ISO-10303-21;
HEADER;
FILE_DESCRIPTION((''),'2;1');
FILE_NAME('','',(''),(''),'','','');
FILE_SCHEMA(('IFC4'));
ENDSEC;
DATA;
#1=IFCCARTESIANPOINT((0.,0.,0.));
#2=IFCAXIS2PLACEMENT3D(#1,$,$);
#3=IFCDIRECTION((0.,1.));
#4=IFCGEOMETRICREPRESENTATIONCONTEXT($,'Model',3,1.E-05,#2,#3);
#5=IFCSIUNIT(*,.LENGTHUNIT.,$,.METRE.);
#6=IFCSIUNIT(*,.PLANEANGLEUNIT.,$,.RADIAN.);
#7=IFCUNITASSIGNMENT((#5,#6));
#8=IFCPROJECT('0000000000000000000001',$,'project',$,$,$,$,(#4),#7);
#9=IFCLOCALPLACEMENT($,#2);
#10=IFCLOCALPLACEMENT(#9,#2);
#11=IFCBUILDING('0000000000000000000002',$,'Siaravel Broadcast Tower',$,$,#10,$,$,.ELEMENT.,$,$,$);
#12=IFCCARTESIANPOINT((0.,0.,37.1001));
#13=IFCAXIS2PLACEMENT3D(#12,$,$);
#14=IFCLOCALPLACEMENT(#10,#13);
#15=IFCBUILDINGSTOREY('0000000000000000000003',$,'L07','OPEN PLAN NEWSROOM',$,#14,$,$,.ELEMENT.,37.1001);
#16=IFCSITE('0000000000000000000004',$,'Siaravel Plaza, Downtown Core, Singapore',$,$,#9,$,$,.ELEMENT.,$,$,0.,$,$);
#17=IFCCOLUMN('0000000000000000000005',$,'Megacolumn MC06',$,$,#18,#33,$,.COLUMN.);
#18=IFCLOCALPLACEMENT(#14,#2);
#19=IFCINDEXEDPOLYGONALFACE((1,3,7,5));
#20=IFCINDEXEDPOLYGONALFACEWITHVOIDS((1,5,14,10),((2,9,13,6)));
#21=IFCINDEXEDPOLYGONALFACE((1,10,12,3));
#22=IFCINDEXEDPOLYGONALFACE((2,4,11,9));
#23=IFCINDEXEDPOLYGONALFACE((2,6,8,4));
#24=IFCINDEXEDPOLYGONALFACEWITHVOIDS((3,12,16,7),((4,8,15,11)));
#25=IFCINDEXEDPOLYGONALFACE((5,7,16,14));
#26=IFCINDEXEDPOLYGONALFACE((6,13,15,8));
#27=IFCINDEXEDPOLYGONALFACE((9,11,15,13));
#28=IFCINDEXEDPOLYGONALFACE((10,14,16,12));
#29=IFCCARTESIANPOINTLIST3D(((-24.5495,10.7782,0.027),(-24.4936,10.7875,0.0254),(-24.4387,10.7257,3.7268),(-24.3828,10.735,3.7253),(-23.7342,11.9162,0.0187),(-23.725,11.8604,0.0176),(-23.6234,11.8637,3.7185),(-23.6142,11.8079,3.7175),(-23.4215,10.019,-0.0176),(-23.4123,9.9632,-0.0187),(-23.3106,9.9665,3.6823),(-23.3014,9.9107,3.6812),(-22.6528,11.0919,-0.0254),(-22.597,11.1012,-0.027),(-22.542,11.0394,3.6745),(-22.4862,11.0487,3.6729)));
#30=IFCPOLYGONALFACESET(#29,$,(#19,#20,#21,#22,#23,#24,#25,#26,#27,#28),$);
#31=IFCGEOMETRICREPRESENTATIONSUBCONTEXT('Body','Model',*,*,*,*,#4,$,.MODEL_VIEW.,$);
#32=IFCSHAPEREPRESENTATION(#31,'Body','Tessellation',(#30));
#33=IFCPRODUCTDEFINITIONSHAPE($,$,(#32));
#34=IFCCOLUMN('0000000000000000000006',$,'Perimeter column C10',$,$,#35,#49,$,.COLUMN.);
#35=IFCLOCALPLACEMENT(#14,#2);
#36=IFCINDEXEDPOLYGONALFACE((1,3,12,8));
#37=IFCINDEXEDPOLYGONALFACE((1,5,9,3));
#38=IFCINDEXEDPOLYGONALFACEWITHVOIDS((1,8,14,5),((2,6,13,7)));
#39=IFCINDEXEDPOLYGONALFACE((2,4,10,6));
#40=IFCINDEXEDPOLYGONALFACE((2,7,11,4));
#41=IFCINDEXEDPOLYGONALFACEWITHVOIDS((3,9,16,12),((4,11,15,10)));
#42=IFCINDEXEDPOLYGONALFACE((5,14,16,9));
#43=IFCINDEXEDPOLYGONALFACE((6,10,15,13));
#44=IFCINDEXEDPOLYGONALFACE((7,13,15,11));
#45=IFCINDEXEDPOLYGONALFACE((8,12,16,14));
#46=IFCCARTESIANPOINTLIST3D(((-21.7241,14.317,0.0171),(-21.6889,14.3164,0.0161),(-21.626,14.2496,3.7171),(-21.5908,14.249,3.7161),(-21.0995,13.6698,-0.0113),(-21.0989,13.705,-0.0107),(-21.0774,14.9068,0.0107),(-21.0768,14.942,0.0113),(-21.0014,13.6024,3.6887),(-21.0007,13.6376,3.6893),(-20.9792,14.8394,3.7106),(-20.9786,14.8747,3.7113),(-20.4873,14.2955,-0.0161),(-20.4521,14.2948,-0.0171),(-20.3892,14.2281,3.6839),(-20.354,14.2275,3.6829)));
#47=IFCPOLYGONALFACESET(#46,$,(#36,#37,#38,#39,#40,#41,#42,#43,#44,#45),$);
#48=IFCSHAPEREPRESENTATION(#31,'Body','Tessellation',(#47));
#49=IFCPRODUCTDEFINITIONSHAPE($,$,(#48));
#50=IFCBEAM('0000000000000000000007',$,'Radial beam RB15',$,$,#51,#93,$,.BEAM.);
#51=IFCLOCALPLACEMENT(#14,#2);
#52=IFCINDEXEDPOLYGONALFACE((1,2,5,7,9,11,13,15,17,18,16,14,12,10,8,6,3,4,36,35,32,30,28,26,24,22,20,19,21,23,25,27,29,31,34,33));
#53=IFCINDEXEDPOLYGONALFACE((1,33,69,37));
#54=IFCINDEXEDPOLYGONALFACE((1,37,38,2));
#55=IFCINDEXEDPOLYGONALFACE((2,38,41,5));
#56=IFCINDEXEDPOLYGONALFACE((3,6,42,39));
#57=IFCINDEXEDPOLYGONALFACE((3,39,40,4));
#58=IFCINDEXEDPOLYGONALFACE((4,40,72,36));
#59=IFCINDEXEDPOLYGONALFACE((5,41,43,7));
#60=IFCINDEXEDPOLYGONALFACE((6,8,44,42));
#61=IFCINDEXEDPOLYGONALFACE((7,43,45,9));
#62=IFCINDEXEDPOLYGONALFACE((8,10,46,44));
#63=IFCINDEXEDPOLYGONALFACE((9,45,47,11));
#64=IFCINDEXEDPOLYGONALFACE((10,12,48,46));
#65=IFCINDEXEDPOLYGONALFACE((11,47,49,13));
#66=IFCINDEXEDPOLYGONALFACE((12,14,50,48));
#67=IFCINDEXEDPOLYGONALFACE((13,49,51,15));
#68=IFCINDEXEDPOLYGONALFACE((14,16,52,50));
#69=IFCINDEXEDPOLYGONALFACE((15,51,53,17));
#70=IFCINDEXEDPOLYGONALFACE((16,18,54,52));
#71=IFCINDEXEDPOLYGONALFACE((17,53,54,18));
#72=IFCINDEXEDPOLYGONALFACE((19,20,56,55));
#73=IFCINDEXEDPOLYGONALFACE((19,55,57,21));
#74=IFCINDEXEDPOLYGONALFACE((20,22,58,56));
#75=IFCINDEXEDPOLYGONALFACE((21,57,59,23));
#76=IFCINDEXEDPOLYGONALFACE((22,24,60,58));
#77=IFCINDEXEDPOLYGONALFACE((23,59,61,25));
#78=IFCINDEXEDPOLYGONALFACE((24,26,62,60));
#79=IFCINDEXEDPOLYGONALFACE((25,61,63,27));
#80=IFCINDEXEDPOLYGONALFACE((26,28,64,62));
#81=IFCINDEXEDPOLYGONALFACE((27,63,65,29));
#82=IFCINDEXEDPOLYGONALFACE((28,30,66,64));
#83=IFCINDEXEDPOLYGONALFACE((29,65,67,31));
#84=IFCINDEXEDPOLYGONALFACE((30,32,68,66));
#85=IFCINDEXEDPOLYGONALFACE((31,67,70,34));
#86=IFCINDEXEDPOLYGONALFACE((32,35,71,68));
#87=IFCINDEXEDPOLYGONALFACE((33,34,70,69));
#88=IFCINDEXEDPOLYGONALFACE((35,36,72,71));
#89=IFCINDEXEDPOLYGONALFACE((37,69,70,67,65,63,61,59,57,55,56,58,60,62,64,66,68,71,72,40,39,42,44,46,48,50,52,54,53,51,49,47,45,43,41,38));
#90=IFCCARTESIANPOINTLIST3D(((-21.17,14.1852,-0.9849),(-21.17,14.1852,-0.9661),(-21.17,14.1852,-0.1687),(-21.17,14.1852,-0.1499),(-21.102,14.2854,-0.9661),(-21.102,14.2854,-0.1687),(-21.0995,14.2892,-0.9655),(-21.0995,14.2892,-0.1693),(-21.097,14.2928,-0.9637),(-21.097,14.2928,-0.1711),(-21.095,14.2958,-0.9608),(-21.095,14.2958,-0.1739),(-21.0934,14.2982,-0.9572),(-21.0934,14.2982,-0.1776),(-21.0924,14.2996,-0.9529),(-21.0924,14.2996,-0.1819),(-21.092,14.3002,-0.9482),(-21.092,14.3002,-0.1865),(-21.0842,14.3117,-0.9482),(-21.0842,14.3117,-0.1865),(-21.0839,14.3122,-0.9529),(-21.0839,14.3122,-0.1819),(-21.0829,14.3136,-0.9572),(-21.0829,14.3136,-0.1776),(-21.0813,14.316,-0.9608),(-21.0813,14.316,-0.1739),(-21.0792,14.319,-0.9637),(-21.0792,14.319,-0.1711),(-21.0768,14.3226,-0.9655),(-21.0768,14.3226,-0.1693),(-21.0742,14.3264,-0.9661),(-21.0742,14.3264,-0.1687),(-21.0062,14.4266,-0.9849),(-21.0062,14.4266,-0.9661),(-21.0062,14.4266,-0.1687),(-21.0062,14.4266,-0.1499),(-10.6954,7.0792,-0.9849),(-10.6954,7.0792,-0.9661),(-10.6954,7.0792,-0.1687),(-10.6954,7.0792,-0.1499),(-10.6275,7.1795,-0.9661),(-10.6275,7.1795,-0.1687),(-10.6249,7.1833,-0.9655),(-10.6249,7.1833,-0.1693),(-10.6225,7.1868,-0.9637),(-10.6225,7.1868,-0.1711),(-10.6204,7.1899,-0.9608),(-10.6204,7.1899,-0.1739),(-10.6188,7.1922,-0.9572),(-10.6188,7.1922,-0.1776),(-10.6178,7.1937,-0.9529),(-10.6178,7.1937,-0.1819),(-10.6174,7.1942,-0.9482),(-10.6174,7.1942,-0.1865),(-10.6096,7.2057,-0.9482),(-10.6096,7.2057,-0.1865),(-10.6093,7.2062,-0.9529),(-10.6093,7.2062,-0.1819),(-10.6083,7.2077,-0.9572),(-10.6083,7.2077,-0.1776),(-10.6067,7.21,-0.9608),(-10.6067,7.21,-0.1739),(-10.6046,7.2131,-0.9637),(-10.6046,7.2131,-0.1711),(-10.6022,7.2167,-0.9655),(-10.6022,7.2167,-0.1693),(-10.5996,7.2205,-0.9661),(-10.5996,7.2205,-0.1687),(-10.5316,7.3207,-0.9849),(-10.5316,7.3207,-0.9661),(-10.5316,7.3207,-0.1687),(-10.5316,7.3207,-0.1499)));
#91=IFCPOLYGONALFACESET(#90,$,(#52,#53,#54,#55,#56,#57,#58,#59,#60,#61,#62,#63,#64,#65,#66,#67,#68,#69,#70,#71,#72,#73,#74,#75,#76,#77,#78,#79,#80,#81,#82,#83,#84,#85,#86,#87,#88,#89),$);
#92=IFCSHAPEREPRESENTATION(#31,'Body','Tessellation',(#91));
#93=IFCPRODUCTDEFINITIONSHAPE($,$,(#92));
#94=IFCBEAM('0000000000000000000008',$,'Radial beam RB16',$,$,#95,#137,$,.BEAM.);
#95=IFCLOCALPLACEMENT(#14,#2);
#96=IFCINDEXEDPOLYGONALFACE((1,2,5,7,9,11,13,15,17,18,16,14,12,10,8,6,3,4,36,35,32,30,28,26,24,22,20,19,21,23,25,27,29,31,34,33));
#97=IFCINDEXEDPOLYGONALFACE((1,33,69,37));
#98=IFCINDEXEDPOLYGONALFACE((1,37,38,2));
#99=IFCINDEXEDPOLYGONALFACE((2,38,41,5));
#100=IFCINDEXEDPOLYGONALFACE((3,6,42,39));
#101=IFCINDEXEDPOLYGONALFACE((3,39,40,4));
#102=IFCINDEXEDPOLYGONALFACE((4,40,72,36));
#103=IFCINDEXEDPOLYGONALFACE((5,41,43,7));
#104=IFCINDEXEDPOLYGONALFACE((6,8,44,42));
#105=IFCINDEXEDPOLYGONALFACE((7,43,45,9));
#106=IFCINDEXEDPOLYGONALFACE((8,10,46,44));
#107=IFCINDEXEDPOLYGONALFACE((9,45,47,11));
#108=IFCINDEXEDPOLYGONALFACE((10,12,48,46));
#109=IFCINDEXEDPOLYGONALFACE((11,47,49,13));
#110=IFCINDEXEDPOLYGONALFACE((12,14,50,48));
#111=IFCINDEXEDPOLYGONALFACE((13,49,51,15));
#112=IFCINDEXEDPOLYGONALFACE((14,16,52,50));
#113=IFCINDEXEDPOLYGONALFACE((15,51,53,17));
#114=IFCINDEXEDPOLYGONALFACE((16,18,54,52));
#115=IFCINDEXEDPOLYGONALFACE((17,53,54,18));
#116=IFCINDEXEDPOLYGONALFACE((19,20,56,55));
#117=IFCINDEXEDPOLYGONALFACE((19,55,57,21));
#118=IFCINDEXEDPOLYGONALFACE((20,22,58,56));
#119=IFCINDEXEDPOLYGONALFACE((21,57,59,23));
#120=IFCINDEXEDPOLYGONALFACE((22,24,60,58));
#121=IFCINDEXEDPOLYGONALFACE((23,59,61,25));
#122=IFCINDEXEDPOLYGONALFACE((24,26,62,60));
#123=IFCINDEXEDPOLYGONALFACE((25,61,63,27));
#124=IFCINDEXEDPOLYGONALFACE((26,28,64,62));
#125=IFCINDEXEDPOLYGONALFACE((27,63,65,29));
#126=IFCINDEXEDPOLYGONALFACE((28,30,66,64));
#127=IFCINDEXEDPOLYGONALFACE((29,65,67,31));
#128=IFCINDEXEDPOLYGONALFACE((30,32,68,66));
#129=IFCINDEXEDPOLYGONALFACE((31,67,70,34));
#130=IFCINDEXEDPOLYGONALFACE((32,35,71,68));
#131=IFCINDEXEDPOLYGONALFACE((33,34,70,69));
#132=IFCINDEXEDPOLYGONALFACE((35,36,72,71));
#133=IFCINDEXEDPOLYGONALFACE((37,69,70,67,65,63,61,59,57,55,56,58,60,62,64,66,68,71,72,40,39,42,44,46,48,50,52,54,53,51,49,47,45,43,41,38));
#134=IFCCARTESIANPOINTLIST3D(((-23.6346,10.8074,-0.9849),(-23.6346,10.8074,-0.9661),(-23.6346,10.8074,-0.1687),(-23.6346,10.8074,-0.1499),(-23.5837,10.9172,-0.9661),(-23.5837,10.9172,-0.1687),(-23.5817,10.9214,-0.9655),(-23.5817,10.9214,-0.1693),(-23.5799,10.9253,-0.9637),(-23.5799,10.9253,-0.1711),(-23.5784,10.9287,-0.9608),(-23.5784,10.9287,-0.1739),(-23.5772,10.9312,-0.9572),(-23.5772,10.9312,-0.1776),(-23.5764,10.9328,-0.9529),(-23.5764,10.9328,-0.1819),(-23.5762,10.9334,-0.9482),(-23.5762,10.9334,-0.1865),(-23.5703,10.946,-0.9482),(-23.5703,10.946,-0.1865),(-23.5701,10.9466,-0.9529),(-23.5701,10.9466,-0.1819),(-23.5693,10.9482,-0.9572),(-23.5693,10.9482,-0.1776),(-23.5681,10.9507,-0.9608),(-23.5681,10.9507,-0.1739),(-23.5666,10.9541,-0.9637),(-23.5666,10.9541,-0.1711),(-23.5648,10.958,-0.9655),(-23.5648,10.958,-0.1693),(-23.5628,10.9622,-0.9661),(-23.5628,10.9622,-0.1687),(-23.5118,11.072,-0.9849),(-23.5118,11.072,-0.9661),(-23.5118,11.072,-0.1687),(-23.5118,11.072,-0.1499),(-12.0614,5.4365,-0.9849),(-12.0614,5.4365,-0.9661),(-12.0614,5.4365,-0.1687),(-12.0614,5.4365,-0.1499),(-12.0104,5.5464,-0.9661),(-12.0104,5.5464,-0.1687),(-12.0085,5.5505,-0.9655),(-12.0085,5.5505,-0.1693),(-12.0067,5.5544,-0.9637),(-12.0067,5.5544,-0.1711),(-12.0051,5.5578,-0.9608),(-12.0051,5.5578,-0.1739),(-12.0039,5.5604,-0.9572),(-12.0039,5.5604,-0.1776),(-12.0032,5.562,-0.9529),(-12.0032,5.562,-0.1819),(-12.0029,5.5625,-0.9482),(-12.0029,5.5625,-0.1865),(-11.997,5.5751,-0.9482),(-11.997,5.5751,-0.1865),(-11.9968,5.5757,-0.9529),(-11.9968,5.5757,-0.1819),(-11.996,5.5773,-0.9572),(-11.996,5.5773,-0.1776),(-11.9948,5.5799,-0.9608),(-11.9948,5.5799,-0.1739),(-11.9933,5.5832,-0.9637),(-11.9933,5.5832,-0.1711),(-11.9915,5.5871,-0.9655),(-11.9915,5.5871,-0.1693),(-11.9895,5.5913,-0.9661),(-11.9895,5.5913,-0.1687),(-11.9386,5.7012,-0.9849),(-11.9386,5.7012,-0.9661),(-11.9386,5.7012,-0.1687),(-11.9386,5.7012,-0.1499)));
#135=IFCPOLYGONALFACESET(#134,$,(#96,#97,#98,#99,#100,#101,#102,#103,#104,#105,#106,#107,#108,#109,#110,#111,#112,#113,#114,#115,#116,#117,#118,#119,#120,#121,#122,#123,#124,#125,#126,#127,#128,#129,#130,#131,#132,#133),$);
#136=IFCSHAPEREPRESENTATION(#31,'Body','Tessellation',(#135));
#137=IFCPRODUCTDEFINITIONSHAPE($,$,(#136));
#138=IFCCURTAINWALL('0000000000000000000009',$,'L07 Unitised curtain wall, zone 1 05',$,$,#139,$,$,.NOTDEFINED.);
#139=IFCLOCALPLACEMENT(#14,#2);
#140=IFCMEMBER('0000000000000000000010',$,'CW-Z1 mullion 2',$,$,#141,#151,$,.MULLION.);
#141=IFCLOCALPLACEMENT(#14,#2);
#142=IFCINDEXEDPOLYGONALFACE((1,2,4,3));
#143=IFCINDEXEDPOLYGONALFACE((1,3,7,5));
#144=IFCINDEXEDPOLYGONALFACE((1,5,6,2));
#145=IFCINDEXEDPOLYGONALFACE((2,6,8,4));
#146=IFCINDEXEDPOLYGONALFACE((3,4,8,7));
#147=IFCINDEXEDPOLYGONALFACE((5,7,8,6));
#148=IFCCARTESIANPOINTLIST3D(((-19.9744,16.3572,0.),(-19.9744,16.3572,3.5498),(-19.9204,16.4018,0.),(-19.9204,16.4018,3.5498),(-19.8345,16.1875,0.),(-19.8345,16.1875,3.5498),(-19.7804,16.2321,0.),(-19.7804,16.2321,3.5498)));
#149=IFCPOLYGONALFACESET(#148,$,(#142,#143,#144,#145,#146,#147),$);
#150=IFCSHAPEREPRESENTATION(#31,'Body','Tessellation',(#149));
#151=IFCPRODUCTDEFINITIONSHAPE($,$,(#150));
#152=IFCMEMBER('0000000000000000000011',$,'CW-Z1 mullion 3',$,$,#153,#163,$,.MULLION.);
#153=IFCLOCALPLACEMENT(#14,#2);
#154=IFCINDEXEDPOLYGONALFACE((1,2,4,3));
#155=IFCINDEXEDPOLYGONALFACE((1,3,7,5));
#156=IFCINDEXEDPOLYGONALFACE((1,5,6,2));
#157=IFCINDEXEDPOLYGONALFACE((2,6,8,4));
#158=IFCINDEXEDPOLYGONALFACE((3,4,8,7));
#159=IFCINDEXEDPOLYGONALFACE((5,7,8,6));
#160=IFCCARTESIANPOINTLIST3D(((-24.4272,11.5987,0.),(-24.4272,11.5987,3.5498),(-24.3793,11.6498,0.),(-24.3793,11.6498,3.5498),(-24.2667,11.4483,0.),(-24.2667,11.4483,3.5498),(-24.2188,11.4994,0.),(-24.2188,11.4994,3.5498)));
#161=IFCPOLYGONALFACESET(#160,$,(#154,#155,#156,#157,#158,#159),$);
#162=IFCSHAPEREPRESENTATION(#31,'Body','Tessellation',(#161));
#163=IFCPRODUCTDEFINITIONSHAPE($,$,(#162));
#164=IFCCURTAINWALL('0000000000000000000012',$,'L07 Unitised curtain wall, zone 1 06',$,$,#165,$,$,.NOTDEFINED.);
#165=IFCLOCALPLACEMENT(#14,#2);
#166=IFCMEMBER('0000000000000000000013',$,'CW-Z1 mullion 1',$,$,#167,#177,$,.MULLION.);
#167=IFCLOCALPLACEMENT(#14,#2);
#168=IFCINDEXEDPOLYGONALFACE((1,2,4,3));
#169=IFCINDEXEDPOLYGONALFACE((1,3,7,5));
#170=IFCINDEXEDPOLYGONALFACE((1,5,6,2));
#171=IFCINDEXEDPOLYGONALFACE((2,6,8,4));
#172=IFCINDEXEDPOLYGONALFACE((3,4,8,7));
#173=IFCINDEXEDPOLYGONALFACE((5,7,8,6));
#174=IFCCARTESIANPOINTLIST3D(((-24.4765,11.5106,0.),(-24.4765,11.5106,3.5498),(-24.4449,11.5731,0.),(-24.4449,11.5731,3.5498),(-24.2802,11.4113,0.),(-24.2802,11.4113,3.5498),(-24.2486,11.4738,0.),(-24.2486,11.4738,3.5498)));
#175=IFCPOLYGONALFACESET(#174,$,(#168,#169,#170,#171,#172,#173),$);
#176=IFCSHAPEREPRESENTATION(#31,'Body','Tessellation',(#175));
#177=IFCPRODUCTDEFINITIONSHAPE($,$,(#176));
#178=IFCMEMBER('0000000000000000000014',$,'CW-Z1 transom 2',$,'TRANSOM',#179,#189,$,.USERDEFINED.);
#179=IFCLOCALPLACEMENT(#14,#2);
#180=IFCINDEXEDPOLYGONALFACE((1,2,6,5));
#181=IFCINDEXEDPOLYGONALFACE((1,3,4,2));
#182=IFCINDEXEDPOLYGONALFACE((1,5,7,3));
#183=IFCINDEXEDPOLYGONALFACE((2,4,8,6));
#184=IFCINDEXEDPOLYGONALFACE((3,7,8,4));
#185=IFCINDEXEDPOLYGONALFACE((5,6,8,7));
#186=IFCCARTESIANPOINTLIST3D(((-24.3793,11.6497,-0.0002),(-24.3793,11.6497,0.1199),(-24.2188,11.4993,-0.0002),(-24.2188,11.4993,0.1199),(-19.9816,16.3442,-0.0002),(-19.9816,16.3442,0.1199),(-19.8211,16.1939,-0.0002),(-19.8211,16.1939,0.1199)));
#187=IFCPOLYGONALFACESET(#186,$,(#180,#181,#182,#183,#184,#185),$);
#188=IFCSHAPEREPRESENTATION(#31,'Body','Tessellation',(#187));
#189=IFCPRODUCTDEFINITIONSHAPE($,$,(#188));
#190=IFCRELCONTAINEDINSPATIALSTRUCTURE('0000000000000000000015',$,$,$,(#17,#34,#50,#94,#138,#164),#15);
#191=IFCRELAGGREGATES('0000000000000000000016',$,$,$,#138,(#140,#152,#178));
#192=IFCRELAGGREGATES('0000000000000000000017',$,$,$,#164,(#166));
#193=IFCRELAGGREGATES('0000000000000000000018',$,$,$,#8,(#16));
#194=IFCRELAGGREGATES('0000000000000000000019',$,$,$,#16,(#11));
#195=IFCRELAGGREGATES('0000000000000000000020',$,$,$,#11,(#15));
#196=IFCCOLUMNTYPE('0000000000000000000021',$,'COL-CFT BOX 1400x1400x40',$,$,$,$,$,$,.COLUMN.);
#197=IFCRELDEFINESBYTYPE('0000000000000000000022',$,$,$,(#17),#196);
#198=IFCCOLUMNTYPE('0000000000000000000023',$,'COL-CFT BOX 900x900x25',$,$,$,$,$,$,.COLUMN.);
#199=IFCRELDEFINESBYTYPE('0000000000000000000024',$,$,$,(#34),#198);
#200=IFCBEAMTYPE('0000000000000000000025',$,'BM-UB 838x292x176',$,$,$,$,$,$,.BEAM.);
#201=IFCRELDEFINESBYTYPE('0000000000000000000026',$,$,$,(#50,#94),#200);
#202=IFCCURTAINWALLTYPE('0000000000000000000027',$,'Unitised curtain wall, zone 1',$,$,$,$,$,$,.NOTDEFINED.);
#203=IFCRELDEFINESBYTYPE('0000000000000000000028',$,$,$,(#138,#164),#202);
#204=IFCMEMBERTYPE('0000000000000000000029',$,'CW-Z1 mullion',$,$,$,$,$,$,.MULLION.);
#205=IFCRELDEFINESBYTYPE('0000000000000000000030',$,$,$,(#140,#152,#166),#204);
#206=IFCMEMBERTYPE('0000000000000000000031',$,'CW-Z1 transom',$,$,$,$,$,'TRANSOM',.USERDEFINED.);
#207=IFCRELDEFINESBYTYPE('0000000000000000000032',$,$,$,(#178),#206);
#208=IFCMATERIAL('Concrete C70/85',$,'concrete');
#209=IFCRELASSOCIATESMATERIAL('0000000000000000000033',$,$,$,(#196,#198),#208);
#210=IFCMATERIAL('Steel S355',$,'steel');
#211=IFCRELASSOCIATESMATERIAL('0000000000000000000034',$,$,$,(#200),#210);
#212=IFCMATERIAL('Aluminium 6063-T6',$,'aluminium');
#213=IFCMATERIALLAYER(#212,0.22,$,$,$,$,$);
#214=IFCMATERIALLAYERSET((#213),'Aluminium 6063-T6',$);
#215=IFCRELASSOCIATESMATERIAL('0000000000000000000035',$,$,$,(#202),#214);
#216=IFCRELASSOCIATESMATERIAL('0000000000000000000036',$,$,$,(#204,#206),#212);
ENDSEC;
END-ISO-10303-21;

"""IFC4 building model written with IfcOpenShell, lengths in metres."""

from ifc_helpers import new_model, si_unit, direction, frame, origin, origin_2d, place, context, subcontext, project, spatial, rectangle, hollow_rectangle, i_section, extrude, material, layer, layer_set, material_profile, profile_set, type_object, element, aggregate, save


model = new_model("IFC4")

# Units and contexts
model_context = context("Model", 3, precision=1e-05, world=origin(), true_north=direction((0.0, 1.0)))
body_context = subcontext(model_context, "Body", "Model", "MODEL_VIEW")
ifc_project = project(units=[si_unit("LENGTHUNIT", "METRE"), si_unit("PLANEANGLEUNIT", "RADIAN")], contexts=[model_context])

# Site, building, storey
site_placement = place(None, origin())
site = spatial("IfcSite", under=ifc_project, at=site_placement, Name="Siaravel Plaza, Downtown Core, Singapore", CompositionType="ELEMENT", RefElevation=0.0)
building_placement = place(site_placement, origin())
building = spatial("IfcBuilding", under=site, at=building_placement, Name="Siaravel Broadcast Tower", CompositionType="ELEMENT")
storey_placement = place(building_placement, frame((0.0, 0.0, 37.1001)))
storey = spatial("IfcBuildingStorey", under=building, at=storey_placement, Name="L07", Description="OPEN PLAN NEWSROOM", CompositionType="ELEMENT", Elevation=37.1001)

# Columns
ifc_material_1 = material(Name="Concrete C70/85", Category="concrete")
ifc_material_profile_1 = material_profile(ifc_material_1, hollow_rectangle(XDim=1.3999, YDim=1.3999, WallThickness=0.04, at=origin_2d()))
ifc_profile_set_1 = profile_set([ifc_material_profile_1], Name="Concrete C70/85")
column_type_1 = type_object("IfcColumnType", Name="COL-CFT BOX 1400x1400x40", PredefinedType="COLUMN", material=ifc_profile_set_1)
column_1_placement = place(storey_placement, frame((-23.5732, 10.9397, 0.0), z_axis=(0.029941, -0.014179, 0.999451), x_axis=(0.582371, 0.812901, -0.005914)))
element("IfcColumn", 1, at=column_1_placement, inside=storey, type_object=column_type_1, Name="Megacolumn MC06", PredefinedType="COLUMN", context=body_context, shape_type="SweptSolid", body=[
    extrude(hollow_rectangle(XDim=1.3999, YDim=1.3999, WallThickness=0.04, at=origin_2d()), origin(), (0.0, 0.0, 1.0), 3.7019),
])
ifc_material_profile_2 = material_profile(ifc_material_1, hollow_rectangle(XDim=0.8999, YDim=0.8999, WallThickness=0.0249, at=origin_2d()))
ifc_profile_set_2 = profile_set([ifc_material_profile_2], Name="Concrete C70/85")
column_type_2 = type_object("IfcColumnType", Name="COL-CFT BOX 900x900x25", PredefinedType="COLUMN", material=ifc_profile_set_2)
column_2_placement = place(storey_placement, frame((-21.0881, 14.3059, 0.0), z_axis=(0.026512, -0.018202, 0.999483), x_axis=(0.719378, 0.694589, -0.006432)))
element("IfcColumn", 2, at=column_2_placement, inside=storey, type_object=column_type_2, Name="Perimeter column C10", PredefinedType="COLUMN", context=body_context, shape_type="SweptSolid", body=[
    extrude(hollow_rectangle(XDim=0.8999, YDim=0.8999, WallThickness=0.0249, at=origin_2d()), origin(), (0.0, 0.0, 1.0), 3.7019),
])

# Beams
ifc_material_2 = material(Name="Steel S355", Category="steel")
ifc_material_profile_3 = material_profile(ifc_material_2, i_section(OverallWidth=0.2917, OverallDepth=0.835, WebThickness=0.0139, FlangeThickness=0.0188, FilletRadius=0.0178, at=origin_2d()))
ifc_profile_set_3 = profile_set([ifc_material_profile_3], Name="Steel S355")
beam_type = type_object("IfcBeamType", Name="BM-UB 838x292x176", PredefinedType="BEAM", material=ifc_profile_set_3)
beam_1_placement = place(storey_placement, frame((-21.0881, 14.3059, -0.5674), z_axis=(0.827542, -0.561403, 0.0), x_axis=(0.561403, 0.827542, 0.0)))
element("IfcBeam", 3, at=beam_1_placement, inside=storey, type_object=beam_type, Name="Radial beam RB15", PredefinedType="BEAM", context=body_context, shape_type="SweptSolid", body=[
    extrude(i_section(OverallWidth=0.2917, OverallDepth=0.835, WebThickness=0.0139, FlangeThickness=0.0188, FilletRadius=0.0178, at=origin_2d()), origin(), (0.0, 0.0, 1.0), 12.6575),
])
beam_2_placement = place(storey_placement, frame((-23.5732, 10.9397, -0.5674), z_axis=(0.907082, -0.420954, 0.0), x_axis=(0.420954, 0.907082, 0.0)))
element("IfcBeam", 4, at=beam_2_placement, inside=storey, type_object=beam_type, Name="Radial beam RB16", PredefinedType="BEAM", context=body_context, shape_type="SweptSolid", body=[
    extrude(i_section(OverallWidth=0.2917, OverallDepth=0.835, WebThickness=0.0139, FlangeThickness=0.0188, FilletRadius=0.0178, at=origin_2d()), origin(), (0.0, 0.0, 1.0), 12.7588),
])

# Curtain wall, members
ifc_material_3 = material(Name="Aluminium 6063-T6", Category="aluminium")
ifc_layer_1 = layer(ifc_material_3, 0.22)
ifc_layer_set_1 = layer_set([ifc_layer_1], Name="Aluminium 6063-T6")
curtain_wall_type = type_object("IfcCurtainWallType", Name="Unitised curtain wall, zone 1", PredefinedType="NOTDEFINED", material=ifc_layer_set_1)
curtain_wall_1_placement = place(storey_placement, origin())
curtain_wall_1 = element("IfcCurtainWall", 5, at=curtain_wall_1_placement, inside=storey, type_object=curtain_wall_type, Name="L07 Unitised curtain wall, zone 1 05", PredefinedType="NOTDEFINED")
ifc_material_profile_4 = material_profile(ifc_material_3, rectangle(XDim=0.22, YDim=0.0701, at=origin_2d()))
ifc_profile_set_4 = profile_set([ifc_material_profile_4], Name="Aluminium 6063-T6")
member_type_1 = type_object("IfcMemberType", Name="CW-Z1 mullion", PredefinedType="MULLION", material=ifc_profile_set_4)
member_1_placement = place(storey_placement, frame((-19.8774, 16.2947, 0.0), z_axis=(0.0, 0.0, 1.0), x_axis=(0.636218, -0.771509, 0.0)))
member_1 = element("IfcMember", 6, at=member_1_placement, type_object=member_type_1, Name="CW-Z1 mullion 2", PredefinedType="MULLION", context=body_context, shape_type="SweptSolid", body=[
    extrude(rectangle(XDim=0.22, YDim=0.0701, at=origin_2d()), origin(), (0.0, 0.0, 1.0), 3.5498),
])
member_2_placement = place(storey_placement, frame((-24.323, 11.5491, 0.0), z_axis=(0.0, 0.0, 1.0), x_axis=(0.729805, -0.683655, 0.0)))
member_2 = element("IfcMember", 7, at=member_2_placement, type_object=member_type_1, Name="CW-Z1 mullion 3", PredefinedType="MULLION", context=body_context, shape_type="SweptSolid", body=[
    extrude(rectangle(XDim=0.22, YDim=0.0701, at=origin_2d()), origin(), (0.0, 0.0, 1.0), 3.5498),
])

# Curtain wall, member
curtain_wall_2_placement = place(storey_placement, origin())
curtain_wall_2 = element("IfcCurtainWall", 8, at=curtain_wall_2_placement, inside=storey, type_object=curtain_wall_type, Name="L07 Unitised curtain wall, zone 1 06", PredefinedType="NOTDEFINED")
member_3_placement = place(storey_placement, frame((-24.3625, 11.4922, 0.0), z_axis=(0.0, 0.0, 1.0), x_axis=(0.892392, -0.451261, 0.0)))
member_3 = element("IfcMember", 9, at=member_3_placement, type_object=member_type_1, Name="CW-Z1 mullion 1", PredefinedType="MULLION", context=body_context, shape_type="SweptSolid", body=[
    extrude(rectangle(XDim=0.22, YDim=0.0701, at=origin_2d()), origin(), (0.0, 0.0, 1.0), 3.5498),
])

# Member
ifc_material_profile_5 = material_profile(ifc_material_3, rectangle(XDim=0.22, YDim=0.1201, at=origin_2d()))
ifc_profile_set_5 = profile_set([ifc_material_profile_5], Name="Aluminium 6063-T6")
member_type_2 = type_object("IfcMemberType", Name="CW-Z1 transom", ElementType="TRANSOM", PredefinedType="USERDEFINED", material=ifc_profile_set_5)
member_4_placement = place(storey_placement, frame((-19.9014, 16.269, 0.0598), z_axis=(-0.683654, -0.729806, 0.0), x_axis=(0.729806, -0.683654, 0.0)))
member_4 = element("IfcMember", 10, at=member_4_placement, type_object=member_type_2, Name="CW-Z1 transom 2", ObjectType="TRANSOM", PredefinedType="USERDEFINED", context=body_context, shape_type="SweptSolid", body=[
    extrude(rectangle(XDim=0.22, YDim=0.1201, at=origin_2d()), origin(), (0.0, 0.0, 1.0), 6.4326),
])

aggregate(curtain_wall_1, [member_1, member_2, member_4])
aggregate(curtain_wall_2, [member_3])

save(model, "model.ifc")
